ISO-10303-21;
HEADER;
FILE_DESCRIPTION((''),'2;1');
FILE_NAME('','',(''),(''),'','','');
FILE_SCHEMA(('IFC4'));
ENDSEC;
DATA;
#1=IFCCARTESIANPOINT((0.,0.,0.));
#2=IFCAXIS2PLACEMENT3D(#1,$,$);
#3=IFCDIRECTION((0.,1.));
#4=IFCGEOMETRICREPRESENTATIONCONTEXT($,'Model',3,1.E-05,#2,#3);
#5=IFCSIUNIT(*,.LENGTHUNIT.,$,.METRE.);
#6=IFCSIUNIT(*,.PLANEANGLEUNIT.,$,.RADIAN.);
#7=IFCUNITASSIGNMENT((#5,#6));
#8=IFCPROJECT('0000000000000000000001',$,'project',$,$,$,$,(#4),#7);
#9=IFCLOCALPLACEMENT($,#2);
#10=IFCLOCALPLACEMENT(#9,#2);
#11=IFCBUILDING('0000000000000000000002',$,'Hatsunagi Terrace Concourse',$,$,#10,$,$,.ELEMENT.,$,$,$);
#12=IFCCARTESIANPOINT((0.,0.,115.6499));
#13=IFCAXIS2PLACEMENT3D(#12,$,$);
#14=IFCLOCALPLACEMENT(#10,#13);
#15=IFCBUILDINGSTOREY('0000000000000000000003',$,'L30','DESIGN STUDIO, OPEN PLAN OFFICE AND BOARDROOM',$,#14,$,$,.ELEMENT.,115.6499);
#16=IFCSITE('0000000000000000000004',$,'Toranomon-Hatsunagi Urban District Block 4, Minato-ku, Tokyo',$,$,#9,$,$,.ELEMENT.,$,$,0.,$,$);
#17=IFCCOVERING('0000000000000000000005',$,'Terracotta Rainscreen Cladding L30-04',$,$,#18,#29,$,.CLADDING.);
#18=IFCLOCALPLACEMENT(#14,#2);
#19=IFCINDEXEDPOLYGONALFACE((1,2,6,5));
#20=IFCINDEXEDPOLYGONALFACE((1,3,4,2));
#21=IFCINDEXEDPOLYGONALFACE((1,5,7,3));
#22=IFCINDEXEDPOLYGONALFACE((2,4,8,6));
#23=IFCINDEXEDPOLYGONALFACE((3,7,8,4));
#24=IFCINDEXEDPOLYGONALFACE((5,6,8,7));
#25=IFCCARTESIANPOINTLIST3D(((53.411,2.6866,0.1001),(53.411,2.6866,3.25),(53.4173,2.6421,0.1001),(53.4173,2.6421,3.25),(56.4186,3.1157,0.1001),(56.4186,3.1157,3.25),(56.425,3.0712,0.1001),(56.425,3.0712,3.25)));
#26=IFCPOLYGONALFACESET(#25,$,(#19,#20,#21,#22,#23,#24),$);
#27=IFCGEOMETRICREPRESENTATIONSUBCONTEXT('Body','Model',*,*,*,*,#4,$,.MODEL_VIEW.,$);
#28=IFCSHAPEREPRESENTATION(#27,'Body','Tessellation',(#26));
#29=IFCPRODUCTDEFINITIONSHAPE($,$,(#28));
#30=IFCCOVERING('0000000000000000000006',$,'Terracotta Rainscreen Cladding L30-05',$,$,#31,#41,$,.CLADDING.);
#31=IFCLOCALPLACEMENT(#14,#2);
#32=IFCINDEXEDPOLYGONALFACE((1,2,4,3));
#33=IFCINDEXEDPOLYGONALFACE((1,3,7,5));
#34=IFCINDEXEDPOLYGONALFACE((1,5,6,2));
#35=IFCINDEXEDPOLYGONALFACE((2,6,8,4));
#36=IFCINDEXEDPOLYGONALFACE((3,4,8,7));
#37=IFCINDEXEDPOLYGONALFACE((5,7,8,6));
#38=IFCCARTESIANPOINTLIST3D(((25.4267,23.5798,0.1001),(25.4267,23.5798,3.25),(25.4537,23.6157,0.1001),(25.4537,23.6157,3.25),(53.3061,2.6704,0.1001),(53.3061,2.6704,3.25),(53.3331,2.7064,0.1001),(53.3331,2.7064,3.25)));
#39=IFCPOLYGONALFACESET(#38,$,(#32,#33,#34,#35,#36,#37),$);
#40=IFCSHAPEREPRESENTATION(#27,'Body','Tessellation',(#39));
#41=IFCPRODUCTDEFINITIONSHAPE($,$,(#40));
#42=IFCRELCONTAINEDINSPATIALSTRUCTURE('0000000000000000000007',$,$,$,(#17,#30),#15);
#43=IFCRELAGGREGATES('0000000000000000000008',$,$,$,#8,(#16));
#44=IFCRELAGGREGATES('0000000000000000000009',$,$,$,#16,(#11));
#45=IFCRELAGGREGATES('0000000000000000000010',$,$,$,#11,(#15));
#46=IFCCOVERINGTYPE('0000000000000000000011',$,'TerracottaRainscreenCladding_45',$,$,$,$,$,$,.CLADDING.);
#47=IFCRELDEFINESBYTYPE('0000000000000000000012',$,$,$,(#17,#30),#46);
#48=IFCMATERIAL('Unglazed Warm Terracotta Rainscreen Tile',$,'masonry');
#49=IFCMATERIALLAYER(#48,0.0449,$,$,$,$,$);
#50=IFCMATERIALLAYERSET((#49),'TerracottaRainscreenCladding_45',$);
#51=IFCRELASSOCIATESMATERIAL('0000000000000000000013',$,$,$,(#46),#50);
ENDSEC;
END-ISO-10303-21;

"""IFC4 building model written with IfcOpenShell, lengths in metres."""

from ifc_helpers import new_model, si_unit, direction, frame, origin, origin_2d, place, context, subcontext, project, spatial, rectangle, extrude, material, layer, layer_set, type_object, element, save


model = new_model("IFC4")

# Units and contexts
model_context = context("Model", 3, precision=1e-05, world=origin(), true_north=direction((0.0, 1.0)))
body_context = subcontext(model_context, "Body", "Model", "MODEL_VIEW")
ifc_project = project(units=[si_unit("LENGTHUNIT", "METRE"), si_unit("PLANEANGLEUNIT", "RADIAN")], contexts=[model_context])

# Site, building, storey
site_placement = place(None, origin())
site = spatial("IfcSite", under=ifc_project, at=site_placement, Name="Toranomon-Hatsunagi Urban District Block 4, Minato-ku, Tokyo", CompositionType="ELEMENT", RefElevation=0.0)
building_placement = place(site_placement, origin())
building = spatial("IfcBuilding", under=site, at=building_placement, Name="Hatsunagi Terrace Concourse", CompositionType="ELEMENT")
storey_placement = place(building_placement, frame((0.0, 0.0, 115.6499)))
storey = spatial("IfcBuildingStorey", under=building, at=storey_placement, Name="L30", Description="DESIGN STUDIO, OPEN PLAN OFFICE AND BOARDROOM", CompositionType="ELEMENT", Elevation=115.6499)

# Coverings
ifc_material_1 = material(Name="Unglazed Warm Terracotta Rainscreen Tile", Category="masonry")
ifc_layer_1 = layer(ifc_material_1, 0.0449)
ifc_layer_set_1 = layer_set([ifc_layer_1], Name="TerracottaRainscreenCladding_45")
covering_type = type_object("IfcCoveringType", Name="TerracottaRainscreenCladding_45", PredefinedType="CLADDING", material=ifc_layer_set_1)
covering_1_placement = place(storey_placement, frame((54.918, 2.8789, 0.1001), z_axis=(0.0, 0.0, 1.0), x_axis=(-0.989974, -0.14125, 0.0)))
element("IfcCovering", 1, at=covering_1_placement, inside=storey, type_object=covering_type, Name="Terracotta Rainscreen Cladding L30-04", PredefinedType="CLADDING", context=body_context, shape_type="SweptSolid", body=[
    extrude(rectangle(XDim=3.0381, YDim=0.0449, at=origin_2d()), origin(), (0.0, 0.0, 1.0), 3.1499),
])
covering_2_placement = place(storey_placement, frame((39.3799, 13.1431, 0.1001), z_axis=(0.0, 0.0, 1.0), x_axis=(-0.800003, 0.599996, 0.0)))
element("IfcCovering", 2, at=covering_2_placement, inside=storey, type_object=covering_type, Name="Terracotta Rainscreen Cladding L30-05", PredefinedType="CLADDING", context=body_context, shape_type="SweptSolid", body=[
    extrude(rectangle(XDim=34.8491, YDim=0.0449, at=origin_2d()), origin(), (0.0, 0.0, 1.0), 3.1499),
])

save(model, "model.ifc")
